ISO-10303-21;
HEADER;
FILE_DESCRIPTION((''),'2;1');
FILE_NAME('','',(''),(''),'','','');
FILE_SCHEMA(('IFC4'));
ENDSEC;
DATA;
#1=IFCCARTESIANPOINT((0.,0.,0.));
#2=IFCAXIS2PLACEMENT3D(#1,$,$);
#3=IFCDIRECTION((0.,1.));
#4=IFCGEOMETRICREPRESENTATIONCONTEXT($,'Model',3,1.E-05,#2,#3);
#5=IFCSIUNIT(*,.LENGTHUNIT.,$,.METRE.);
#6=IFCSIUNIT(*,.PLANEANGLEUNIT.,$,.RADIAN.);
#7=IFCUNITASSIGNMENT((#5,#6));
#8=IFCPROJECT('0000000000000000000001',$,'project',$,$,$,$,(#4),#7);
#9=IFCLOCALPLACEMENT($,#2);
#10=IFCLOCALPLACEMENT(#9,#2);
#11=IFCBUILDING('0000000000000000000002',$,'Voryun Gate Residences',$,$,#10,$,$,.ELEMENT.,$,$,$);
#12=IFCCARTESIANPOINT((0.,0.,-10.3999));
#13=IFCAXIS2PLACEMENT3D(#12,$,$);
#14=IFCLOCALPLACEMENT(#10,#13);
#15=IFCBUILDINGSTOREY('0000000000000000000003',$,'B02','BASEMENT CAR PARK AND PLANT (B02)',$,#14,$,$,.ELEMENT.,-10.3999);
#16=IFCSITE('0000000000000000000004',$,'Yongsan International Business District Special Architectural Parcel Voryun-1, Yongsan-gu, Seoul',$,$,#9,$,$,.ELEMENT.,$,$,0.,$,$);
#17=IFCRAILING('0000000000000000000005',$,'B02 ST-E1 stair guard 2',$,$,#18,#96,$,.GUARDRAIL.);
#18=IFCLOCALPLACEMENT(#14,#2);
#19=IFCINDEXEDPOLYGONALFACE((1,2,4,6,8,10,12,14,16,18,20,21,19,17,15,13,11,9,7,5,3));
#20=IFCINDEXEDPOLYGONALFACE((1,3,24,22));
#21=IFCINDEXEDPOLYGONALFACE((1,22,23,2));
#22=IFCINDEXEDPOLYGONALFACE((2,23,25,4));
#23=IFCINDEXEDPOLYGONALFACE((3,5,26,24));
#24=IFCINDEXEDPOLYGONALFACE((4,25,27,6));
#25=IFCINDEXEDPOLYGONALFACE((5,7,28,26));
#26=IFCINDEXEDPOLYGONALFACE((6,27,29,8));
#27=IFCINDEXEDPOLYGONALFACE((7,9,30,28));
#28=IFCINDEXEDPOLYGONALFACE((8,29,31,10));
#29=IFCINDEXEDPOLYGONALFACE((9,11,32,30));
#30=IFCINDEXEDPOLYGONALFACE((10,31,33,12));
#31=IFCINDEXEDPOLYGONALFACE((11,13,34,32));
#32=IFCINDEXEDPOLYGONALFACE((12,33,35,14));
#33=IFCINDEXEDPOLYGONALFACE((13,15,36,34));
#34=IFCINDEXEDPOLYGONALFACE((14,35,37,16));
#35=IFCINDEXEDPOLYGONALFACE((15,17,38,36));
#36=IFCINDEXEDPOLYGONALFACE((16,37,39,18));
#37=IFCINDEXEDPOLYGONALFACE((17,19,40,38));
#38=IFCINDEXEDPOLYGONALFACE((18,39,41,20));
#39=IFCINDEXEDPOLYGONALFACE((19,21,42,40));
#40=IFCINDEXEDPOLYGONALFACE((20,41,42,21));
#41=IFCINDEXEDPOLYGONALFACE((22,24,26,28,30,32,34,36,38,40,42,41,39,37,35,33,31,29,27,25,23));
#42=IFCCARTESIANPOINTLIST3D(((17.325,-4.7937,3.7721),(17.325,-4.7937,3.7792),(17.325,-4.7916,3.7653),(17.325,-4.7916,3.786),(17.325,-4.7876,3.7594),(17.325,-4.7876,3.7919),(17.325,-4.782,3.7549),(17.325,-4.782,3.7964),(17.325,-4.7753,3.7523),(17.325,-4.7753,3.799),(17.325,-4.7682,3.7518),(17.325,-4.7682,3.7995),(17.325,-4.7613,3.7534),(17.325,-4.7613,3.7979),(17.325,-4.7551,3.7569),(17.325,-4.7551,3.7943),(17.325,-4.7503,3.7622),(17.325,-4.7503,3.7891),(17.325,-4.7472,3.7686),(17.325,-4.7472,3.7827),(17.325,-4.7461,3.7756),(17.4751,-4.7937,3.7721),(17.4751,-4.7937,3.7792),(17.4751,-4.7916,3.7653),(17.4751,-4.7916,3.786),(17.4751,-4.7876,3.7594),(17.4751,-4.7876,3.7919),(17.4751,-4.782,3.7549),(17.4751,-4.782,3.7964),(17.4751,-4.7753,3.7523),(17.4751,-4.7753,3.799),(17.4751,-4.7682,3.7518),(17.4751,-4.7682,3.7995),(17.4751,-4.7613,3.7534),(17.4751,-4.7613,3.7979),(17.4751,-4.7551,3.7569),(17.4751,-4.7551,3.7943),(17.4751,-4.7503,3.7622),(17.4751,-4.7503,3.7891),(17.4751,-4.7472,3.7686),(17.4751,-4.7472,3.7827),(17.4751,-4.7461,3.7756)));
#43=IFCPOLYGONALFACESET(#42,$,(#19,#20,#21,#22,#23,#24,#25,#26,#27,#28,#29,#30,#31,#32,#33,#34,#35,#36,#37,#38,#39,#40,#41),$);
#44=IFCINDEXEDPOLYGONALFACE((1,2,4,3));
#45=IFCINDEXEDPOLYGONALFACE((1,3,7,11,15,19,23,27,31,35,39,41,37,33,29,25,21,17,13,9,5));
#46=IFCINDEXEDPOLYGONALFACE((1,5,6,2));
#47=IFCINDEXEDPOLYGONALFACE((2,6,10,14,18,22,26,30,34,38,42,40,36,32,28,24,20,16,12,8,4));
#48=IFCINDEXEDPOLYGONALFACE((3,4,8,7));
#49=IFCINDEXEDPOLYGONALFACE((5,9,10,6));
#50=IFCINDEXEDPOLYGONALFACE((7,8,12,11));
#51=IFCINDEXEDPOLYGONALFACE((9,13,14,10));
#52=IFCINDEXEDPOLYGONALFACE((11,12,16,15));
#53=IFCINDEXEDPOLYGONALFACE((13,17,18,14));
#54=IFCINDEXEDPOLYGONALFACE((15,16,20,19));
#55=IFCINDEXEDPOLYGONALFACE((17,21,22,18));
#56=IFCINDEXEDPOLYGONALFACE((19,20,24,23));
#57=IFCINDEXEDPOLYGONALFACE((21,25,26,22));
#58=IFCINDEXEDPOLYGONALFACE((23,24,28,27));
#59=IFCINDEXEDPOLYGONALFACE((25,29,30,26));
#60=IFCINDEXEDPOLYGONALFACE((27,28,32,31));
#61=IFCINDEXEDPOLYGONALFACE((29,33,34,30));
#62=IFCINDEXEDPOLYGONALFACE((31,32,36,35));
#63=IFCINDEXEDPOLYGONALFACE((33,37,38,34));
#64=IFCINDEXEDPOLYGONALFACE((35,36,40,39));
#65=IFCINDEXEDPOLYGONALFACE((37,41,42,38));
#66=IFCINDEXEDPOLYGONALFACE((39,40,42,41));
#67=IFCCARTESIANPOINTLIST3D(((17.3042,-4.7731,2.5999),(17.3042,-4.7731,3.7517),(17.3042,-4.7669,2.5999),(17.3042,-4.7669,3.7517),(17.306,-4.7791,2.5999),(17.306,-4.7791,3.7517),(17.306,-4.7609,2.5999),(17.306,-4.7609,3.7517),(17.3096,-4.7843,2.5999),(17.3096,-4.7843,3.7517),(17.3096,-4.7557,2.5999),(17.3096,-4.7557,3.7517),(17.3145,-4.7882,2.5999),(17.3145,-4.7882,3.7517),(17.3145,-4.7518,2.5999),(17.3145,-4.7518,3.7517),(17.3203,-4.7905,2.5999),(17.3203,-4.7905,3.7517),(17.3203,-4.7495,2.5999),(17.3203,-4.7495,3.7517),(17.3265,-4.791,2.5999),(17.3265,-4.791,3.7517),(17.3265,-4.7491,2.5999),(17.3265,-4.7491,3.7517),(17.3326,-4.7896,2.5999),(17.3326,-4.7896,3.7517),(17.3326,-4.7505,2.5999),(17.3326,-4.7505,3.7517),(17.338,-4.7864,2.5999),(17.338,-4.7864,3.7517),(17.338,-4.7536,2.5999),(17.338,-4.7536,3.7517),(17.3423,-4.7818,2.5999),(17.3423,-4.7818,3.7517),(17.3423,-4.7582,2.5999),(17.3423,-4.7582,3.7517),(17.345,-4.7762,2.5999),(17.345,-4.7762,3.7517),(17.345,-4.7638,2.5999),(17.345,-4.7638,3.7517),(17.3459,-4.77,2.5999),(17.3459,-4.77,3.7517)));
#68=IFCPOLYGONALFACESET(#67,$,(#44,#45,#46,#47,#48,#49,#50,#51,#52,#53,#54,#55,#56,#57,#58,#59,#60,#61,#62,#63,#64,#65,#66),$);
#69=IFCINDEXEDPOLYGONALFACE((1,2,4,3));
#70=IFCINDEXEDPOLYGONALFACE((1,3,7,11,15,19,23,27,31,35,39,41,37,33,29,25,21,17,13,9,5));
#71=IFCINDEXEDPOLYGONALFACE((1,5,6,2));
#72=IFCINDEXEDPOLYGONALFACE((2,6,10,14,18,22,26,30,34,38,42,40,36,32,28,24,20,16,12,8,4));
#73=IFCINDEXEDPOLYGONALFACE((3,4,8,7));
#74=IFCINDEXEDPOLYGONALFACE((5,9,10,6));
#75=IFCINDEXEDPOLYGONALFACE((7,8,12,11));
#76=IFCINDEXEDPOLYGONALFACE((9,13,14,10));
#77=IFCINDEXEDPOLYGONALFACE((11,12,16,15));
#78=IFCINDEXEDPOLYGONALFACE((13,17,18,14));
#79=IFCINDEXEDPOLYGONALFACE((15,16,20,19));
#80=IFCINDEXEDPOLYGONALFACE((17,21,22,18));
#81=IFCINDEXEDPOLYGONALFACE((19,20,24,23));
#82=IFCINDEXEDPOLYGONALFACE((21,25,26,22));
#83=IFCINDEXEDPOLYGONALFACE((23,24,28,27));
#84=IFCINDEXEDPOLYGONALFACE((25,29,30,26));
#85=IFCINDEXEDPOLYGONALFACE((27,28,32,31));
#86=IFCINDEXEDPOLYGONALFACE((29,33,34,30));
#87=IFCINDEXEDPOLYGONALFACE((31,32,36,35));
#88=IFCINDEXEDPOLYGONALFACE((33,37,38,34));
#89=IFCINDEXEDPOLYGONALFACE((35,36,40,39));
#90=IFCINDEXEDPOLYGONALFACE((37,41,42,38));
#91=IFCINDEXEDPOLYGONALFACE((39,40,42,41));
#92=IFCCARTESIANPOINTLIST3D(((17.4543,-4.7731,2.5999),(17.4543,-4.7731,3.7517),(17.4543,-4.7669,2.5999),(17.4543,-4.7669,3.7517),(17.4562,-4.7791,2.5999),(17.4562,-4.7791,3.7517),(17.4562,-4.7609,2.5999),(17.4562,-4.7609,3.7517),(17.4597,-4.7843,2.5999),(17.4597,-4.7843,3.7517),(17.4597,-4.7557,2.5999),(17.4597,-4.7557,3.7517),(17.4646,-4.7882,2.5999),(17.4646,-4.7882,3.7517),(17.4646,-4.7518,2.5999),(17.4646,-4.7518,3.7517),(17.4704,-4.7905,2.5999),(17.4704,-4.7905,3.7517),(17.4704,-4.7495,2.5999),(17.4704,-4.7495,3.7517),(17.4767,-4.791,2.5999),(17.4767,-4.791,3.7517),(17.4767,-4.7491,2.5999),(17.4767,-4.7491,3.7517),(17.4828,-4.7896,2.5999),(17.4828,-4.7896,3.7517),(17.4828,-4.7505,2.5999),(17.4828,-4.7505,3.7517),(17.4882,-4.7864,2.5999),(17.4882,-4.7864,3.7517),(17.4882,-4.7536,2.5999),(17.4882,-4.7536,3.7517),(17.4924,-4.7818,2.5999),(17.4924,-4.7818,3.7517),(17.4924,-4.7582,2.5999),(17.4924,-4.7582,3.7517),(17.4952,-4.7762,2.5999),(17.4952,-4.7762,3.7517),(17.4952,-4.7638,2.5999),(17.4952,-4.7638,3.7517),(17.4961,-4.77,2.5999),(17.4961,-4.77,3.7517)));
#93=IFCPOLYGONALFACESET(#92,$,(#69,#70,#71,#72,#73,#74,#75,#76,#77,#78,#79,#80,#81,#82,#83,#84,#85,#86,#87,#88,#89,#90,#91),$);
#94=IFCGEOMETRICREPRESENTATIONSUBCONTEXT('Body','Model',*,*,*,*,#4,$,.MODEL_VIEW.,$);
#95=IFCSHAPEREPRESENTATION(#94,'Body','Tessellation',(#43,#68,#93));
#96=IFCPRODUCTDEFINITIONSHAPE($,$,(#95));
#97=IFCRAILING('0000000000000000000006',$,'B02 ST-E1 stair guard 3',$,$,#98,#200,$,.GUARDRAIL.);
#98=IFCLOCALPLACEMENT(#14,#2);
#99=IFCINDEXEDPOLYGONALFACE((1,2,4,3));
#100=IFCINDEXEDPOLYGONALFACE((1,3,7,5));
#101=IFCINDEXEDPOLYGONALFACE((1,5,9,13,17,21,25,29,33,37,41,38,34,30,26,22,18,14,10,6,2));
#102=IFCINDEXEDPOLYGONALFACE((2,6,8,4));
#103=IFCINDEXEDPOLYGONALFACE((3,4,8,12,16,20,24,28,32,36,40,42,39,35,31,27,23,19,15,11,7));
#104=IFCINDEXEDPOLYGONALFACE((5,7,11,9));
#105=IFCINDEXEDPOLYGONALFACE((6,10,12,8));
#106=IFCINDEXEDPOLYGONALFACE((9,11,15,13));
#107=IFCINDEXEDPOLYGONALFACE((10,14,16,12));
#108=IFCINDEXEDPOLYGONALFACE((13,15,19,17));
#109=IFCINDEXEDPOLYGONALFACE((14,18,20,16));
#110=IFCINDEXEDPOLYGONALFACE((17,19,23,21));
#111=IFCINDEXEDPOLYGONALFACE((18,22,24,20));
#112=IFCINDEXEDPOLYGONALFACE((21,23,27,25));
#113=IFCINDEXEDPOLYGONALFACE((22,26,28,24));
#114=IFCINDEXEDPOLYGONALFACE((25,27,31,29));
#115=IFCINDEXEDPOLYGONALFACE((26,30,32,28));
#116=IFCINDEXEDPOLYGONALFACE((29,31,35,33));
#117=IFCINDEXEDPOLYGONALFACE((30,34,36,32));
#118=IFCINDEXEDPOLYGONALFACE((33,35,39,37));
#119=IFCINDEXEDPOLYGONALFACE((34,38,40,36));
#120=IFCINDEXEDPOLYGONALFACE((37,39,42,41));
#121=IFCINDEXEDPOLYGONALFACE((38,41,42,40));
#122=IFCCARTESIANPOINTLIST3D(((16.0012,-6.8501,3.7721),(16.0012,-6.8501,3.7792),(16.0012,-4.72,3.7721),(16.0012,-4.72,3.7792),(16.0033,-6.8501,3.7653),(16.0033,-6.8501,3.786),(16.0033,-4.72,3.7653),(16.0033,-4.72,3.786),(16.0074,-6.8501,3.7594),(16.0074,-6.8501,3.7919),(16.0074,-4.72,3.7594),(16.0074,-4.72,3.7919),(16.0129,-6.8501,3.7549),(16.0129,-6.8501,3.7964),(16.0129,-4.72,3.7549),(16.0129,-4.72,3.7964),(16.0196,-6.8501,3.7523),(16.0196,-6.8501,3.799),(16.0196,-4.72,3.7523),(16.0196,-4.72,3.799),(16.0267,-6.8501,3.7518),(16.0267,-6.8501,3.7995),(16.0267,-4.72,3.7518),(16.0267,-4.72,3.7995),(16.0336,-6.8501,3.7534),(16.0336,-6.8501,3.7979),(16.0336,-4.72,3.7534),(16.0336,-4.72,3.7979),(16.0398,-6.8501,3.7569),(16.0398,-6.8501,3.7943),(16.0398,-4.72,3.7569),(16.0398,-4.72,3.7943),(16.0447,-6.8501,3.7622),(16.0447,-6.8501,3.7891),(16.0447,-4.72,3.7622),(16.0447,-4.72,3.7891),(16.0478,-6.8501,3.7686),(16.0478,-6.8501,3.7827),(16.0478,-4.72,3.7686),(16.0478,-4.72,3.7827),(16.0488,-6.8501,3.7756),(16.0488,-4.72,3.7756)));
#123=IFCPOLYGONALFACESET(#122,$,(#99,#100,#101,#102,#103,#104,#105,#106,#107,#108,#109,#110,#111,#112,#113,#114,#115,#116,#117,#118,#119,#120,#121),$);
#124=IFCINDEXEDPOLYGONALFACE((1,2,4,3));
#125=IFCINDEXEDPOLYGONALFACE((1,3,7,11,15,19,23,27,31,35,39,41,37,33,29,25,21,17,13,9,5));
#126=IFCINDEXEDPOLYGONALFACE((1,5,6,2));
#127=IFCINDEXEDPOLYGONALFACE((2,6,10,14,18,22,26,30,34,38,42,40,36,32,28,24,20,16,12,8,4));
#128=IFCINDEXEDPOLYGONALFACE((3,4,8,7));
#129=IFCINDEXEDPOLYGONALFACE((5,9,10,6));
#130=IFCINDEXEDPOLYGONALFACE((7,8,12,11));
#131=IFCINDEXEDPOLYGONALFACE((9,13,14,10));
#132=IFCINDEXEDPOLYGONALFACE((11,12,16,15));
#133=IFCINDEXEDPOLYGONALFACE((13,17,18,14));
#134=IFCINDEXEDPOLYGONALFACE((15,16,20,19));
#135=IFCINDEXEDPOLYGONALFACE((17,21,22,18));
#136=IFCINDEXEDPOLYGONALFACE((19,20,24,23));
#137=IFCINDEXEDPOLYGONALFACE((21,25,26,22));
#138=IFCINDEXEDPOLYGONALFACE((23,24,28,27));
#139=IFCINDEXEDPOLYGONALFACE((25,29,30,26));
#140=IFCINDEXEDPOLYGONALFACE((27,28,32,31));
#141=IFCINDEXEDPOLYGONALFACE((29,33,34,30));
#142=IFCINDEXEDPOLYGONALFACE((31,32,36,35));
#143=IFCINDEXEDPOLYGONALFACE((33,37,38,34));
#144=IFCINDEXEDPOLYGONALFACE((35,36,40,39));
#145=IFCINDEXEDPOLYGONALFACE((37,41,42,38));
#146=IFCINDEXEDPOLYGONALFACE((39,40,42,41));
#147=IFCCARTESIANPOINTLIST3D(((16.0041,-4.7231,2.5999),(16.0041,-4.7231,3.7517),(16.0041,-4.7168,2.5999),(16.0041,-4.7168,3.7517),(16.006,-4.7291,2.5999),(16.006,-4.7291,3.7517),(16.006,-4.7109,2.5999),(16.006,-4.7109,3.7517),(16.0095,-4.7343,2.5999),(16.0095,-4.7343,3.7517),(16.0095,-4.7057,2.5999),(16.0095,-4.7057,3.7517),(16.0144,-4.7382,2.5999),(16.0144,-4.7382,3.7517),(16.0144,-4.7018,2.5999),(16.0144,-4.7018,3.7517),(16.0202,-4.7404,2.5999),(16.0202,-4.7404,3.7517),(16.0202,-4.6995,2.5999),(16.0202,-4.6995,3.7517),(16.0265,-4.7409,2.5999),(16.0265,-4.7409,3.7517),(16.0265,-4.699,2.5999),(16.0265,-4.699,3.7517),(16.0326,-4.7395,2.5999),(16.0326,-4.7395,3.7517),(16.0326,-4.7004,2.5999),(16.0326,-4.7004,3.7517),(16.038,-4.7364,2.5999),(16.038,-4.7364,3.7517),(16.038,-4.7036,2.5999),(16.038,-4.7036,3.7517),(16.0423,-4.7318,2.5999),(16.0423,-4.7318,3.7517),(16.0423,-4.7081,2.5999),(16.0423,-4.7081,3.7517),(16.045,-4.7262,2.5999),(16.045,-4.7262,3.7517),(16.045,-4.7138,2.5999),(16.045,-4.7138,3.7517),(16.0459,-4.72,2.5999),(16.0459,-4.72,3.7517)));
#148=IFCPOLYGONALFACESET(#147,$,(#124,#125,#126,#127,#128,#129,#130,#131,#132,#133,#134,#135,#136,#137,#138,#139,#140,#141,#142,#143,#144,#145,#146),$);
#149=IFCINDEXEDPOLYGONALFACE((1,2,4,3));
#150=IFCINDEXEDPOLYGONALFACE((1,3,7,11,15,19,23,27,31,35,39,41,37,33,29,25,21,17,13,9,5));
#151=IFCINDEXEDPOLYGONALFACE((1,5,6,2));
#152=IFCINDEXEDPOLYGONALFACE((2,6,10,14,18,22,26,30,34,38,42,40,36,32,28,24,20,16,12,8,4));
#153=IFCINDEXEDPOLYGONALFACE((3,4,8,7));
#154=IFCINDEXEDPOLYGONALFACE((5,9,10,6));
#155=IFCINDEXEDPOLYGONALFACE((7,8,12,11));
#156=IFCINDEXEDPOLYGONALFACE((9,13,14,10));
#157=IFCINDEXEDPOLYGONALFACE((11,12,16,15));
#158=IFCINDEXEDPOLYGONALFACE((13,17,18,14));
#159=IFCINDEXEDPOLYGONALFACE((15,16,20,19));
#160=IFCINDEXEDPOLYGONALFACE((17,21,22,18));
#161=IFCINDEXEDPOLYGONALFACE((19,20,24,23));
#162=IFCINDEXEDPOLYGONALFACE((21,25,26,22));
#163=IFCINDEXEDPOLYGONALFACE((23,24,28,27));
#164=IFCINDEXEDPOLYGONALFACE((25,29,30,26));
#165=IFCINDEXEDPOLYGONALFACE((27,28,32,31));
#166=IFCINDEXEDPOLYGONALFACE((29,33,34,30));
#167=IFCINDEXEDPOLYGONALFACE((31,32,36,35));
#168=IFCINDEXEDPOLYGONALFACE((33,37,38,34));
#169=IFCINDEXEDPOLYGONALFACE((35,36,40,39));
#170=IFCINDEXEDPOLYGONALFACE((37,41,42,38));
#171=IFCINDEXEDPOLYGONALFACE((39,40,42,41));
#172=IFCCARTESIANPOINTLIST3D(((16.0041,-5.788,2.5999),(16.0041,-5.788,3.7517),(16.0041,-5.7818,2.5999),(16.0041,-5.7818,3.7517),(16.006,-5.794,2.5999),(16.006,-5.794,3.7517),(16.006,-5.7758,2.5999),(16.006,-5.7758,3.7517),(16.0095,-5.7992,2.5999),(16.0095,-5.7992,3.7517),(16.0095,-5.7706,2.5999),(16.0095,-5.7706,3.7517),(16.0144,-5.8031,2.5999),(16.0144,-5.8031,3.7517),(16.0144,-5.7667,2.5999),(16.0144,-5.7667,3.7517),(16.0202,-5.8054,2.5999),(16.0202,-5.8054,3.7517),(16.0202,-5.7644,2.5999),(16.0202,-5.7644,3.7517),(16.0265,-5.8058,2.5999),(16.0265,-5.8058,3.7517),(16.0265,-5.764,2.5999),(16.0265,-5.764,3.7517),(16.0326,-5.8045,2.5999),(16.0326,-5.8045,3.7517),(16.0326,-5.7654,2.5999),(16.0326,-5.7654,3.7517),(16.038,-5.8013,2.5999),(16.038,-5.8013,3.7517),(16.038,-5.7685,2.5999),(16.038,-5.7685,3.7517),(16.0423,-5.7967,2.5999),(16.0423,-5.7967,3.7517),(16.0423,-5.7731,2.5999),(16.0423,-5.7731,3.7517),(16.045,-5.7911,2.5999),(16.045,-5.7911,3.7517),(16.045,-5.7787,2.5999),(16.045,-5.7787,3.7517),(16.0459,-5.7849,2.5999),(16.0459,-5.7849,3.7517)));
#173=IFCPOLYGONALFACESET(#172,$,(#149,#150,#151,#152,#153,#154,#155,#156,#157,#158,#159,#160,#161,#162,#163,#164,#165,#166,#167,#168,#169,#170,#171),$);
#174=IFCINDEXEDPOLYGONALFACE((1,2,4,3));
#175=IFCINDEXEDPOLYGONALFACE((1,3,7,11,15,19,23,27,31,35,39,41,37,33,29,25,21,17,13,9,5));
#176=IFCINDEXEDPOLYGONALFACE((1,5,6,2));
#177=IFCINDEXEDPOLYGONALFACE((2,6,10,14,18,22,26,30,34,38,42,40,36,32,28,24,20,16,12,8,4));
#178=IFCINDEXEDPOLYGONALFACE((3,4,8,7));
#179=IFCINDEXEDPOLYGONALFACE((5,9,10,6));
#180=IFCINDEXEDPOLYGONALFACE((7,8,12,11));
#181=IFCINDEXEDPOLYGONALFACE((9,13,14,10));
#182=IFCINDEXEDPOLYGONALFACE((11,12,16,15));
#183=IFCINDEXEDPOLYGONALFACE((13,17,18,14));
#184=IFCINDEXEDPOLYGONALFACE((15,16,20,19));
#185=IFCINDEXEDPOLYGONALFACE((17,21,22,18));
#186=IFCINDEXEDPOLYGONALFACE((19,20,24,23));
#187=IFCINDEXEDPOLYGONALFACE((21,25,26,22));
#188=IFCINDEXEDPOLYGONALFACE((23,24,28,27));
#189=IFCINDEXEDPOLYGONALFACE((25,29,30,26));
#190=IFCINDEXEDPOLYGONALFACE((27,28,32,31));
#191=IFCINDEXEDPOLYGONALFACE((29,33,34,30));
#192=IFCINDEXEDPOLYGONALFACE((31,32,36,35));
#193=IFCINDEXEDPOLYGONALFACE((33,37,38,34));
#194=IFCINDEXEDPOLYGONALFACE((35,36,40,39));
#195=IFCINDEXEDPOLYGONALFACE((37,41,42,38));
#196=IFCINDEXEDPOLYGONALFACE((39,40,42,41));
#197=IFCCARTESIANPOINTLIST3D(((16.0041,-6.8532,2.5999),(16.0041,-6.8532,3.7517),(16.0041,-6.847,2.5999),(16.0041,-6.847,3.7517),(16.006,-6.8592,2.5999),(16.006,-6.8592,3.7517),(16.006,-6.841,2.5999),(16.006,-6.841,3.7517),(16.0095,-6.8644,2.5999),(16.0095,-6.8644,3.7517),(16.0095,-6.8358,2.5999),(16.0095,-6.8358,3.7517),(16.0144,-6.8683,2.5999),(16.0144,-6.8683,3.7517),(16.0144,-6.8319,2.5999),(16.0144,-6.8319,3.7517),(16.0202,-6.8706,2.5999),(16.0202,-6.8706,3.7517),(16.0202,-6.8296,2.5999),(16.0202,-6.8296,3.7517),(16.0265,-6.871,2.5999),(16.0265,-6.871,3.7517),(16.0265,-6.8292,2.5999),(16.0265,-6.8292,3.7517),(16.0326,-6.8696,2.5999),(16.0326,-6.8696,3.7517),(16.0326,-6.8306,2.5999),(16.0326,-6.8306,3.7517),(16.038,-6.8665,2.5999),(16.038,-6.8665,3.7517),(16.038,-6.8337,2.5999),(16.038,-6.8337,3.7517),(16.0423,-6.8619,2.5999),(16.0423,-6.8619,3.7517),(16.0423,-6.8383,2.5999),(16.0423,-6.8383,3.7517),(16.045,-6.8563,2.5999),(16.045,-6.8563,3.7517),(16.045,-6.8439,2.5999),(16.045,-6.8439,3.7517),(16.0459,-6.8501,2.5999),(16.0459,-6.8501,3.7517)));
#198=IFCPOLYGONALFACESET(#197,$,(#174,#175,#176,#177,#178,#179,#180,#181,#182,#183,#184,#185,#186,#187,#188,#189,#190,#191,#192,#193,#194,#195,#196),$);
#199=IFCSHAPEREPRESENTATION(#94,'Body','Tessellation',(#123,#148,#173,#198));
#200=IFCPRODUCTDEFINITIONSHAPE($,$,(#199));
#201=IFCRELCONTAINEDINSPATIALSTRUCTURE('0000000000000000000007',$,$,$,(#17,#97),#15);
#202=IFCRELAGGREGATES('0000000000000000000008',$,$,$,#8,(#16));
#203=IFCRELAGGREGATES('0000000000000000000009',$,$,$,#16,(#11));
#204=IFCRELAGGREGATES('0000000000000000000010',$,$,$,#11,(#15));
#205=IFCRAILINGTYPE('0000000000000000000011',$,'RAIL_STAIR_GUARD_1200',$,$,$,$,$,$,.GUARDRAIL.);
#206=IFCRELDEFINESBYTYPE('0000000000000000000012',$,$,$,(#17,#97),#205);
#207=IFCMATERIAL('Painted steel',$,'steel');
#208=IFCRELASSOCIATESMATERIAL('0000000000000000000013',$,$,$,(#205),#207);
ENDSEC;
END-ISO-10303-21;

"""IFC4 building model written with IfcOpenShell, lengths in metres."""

from ifc_helpers import new_model, si_unit, direction, frame, origin, origin_2d, place, context, subcontext, project, spatial, circle, extrude, material, type_object, element, save


model = new_model("IFC4")

# Units and contexts
model_context = context("Model", 3, precision=1e-05, world=origin(), true_north=direction((0.0, 1.0)))
body_context = subcontext(model_context, "Body", "Model", "MODEL_VIEW")
ifc_project = project(units=[si_unit("LENGTHUNIT", "METRE"), si_unit("PLANEANGLEUNIT", "RADIAN")], contexts=[model_context])

# Site, building, storey
site_placement = place(None, origin())
site = spatial("IfcSite", under=ifc_project, at=site_placement, Name="Yongsan International Business District Special Architectural Parcel Voryun-1, Yongsan-gu, Seoul", CompositionType="ELEMENT", RefElevation=0.0)
building_placement = place(site_placement, origin())
building = spatial("IfcBuilding", under=site, at=building_placement, Name="Voryun Gate Residences", CompositionType="ELEMENT")
storey_placement = place(building_placement, frame((0.0, 0.0, -10.3999)))
storey = spatial("IfcBuildingStorey", under=building, at=storey_placement, Name="B02", Description="BASEMENT CAR PARK AND PLANT (B02)", CompositionType="ELEMENT", Elevation=-10.3999)

# Railings
ifc_material_1 = material(Name="Painted steel", Category="steel")
railing_type_1 = type_object("IfcRailingType", Name="RAIL_STAIR_GUARD_1200", PredefinedType="GUARDRAIL", material=ifc_material_1)
railing_1_placement = place(storey_placement, frame((17.325, -4.77, 2.5999)))
element("IfcRailing", 1, at=railing_1_placement, inside=storey, type_object=railing_type_1, Name="B02 ST-E1 stair guard 2", PredefinedType="GUARDRAIL", context=body_context, shape_type="SweptSolid", body=[
    extrude(circle(Radius=0.0239, at=origin_2d()), frame((0.0, 0.0, 1.1758), z_axis=(1.0, 0.0, 0.0), x_axis=(0.0, 1.0, 0.0)), (0.0, 0.0, 1.0), 0.1501),
    extrude(circle(Radius=0.021, at=origin_2d()), origin(), (0.0, 0.0, 1.0), 1.1519),
    extrude(circle(Radius=0.021, at=origin_2d()), frame((0.1501, 0.0, 0.0)), (0.0, 0.0, 1.0), 1.1519),
])
for number, where, name in (
    (2, (16.0249, -4.72, 2.5999), "B02 ST-E1 stair guard 3"),
):
    element("IfcRailing", number, at=place(storey_placement, frame(where)), inside=storey, type_object=railing_type_1, Name=name, PredefinedType="GUARDRAIL", context=body_context, shape_type="SweptSolid", body=[
        extrude(circle(Radius=0.0239, at=origin_2d()), frame((0.0, 0.0, 1.1758), z_axis=(0.0, -1.0, 0.0), x_axis=(1.0, 0.0, 0.0)), (0.0, 0.0, 1.0), 2.1301),
        extrude(circle(Radius=0.021, at=origin_2d()), origin(), (0.0, 0.0, 1.0), 1.1519),
        extrude(circle(Radius=0.021, at=origin_2d()), frame((0.0, -1.0649, 0.0)), (0.0, 0.0, 1.0), 1.1519),
        extrude(circle(Radius=0.021, at=origin_2d()), frame((0.0, -2.1301, 0.0)), (0.0, 0.0, 1.0), 1.1519),
    ])

save(model, "model.ifc")
